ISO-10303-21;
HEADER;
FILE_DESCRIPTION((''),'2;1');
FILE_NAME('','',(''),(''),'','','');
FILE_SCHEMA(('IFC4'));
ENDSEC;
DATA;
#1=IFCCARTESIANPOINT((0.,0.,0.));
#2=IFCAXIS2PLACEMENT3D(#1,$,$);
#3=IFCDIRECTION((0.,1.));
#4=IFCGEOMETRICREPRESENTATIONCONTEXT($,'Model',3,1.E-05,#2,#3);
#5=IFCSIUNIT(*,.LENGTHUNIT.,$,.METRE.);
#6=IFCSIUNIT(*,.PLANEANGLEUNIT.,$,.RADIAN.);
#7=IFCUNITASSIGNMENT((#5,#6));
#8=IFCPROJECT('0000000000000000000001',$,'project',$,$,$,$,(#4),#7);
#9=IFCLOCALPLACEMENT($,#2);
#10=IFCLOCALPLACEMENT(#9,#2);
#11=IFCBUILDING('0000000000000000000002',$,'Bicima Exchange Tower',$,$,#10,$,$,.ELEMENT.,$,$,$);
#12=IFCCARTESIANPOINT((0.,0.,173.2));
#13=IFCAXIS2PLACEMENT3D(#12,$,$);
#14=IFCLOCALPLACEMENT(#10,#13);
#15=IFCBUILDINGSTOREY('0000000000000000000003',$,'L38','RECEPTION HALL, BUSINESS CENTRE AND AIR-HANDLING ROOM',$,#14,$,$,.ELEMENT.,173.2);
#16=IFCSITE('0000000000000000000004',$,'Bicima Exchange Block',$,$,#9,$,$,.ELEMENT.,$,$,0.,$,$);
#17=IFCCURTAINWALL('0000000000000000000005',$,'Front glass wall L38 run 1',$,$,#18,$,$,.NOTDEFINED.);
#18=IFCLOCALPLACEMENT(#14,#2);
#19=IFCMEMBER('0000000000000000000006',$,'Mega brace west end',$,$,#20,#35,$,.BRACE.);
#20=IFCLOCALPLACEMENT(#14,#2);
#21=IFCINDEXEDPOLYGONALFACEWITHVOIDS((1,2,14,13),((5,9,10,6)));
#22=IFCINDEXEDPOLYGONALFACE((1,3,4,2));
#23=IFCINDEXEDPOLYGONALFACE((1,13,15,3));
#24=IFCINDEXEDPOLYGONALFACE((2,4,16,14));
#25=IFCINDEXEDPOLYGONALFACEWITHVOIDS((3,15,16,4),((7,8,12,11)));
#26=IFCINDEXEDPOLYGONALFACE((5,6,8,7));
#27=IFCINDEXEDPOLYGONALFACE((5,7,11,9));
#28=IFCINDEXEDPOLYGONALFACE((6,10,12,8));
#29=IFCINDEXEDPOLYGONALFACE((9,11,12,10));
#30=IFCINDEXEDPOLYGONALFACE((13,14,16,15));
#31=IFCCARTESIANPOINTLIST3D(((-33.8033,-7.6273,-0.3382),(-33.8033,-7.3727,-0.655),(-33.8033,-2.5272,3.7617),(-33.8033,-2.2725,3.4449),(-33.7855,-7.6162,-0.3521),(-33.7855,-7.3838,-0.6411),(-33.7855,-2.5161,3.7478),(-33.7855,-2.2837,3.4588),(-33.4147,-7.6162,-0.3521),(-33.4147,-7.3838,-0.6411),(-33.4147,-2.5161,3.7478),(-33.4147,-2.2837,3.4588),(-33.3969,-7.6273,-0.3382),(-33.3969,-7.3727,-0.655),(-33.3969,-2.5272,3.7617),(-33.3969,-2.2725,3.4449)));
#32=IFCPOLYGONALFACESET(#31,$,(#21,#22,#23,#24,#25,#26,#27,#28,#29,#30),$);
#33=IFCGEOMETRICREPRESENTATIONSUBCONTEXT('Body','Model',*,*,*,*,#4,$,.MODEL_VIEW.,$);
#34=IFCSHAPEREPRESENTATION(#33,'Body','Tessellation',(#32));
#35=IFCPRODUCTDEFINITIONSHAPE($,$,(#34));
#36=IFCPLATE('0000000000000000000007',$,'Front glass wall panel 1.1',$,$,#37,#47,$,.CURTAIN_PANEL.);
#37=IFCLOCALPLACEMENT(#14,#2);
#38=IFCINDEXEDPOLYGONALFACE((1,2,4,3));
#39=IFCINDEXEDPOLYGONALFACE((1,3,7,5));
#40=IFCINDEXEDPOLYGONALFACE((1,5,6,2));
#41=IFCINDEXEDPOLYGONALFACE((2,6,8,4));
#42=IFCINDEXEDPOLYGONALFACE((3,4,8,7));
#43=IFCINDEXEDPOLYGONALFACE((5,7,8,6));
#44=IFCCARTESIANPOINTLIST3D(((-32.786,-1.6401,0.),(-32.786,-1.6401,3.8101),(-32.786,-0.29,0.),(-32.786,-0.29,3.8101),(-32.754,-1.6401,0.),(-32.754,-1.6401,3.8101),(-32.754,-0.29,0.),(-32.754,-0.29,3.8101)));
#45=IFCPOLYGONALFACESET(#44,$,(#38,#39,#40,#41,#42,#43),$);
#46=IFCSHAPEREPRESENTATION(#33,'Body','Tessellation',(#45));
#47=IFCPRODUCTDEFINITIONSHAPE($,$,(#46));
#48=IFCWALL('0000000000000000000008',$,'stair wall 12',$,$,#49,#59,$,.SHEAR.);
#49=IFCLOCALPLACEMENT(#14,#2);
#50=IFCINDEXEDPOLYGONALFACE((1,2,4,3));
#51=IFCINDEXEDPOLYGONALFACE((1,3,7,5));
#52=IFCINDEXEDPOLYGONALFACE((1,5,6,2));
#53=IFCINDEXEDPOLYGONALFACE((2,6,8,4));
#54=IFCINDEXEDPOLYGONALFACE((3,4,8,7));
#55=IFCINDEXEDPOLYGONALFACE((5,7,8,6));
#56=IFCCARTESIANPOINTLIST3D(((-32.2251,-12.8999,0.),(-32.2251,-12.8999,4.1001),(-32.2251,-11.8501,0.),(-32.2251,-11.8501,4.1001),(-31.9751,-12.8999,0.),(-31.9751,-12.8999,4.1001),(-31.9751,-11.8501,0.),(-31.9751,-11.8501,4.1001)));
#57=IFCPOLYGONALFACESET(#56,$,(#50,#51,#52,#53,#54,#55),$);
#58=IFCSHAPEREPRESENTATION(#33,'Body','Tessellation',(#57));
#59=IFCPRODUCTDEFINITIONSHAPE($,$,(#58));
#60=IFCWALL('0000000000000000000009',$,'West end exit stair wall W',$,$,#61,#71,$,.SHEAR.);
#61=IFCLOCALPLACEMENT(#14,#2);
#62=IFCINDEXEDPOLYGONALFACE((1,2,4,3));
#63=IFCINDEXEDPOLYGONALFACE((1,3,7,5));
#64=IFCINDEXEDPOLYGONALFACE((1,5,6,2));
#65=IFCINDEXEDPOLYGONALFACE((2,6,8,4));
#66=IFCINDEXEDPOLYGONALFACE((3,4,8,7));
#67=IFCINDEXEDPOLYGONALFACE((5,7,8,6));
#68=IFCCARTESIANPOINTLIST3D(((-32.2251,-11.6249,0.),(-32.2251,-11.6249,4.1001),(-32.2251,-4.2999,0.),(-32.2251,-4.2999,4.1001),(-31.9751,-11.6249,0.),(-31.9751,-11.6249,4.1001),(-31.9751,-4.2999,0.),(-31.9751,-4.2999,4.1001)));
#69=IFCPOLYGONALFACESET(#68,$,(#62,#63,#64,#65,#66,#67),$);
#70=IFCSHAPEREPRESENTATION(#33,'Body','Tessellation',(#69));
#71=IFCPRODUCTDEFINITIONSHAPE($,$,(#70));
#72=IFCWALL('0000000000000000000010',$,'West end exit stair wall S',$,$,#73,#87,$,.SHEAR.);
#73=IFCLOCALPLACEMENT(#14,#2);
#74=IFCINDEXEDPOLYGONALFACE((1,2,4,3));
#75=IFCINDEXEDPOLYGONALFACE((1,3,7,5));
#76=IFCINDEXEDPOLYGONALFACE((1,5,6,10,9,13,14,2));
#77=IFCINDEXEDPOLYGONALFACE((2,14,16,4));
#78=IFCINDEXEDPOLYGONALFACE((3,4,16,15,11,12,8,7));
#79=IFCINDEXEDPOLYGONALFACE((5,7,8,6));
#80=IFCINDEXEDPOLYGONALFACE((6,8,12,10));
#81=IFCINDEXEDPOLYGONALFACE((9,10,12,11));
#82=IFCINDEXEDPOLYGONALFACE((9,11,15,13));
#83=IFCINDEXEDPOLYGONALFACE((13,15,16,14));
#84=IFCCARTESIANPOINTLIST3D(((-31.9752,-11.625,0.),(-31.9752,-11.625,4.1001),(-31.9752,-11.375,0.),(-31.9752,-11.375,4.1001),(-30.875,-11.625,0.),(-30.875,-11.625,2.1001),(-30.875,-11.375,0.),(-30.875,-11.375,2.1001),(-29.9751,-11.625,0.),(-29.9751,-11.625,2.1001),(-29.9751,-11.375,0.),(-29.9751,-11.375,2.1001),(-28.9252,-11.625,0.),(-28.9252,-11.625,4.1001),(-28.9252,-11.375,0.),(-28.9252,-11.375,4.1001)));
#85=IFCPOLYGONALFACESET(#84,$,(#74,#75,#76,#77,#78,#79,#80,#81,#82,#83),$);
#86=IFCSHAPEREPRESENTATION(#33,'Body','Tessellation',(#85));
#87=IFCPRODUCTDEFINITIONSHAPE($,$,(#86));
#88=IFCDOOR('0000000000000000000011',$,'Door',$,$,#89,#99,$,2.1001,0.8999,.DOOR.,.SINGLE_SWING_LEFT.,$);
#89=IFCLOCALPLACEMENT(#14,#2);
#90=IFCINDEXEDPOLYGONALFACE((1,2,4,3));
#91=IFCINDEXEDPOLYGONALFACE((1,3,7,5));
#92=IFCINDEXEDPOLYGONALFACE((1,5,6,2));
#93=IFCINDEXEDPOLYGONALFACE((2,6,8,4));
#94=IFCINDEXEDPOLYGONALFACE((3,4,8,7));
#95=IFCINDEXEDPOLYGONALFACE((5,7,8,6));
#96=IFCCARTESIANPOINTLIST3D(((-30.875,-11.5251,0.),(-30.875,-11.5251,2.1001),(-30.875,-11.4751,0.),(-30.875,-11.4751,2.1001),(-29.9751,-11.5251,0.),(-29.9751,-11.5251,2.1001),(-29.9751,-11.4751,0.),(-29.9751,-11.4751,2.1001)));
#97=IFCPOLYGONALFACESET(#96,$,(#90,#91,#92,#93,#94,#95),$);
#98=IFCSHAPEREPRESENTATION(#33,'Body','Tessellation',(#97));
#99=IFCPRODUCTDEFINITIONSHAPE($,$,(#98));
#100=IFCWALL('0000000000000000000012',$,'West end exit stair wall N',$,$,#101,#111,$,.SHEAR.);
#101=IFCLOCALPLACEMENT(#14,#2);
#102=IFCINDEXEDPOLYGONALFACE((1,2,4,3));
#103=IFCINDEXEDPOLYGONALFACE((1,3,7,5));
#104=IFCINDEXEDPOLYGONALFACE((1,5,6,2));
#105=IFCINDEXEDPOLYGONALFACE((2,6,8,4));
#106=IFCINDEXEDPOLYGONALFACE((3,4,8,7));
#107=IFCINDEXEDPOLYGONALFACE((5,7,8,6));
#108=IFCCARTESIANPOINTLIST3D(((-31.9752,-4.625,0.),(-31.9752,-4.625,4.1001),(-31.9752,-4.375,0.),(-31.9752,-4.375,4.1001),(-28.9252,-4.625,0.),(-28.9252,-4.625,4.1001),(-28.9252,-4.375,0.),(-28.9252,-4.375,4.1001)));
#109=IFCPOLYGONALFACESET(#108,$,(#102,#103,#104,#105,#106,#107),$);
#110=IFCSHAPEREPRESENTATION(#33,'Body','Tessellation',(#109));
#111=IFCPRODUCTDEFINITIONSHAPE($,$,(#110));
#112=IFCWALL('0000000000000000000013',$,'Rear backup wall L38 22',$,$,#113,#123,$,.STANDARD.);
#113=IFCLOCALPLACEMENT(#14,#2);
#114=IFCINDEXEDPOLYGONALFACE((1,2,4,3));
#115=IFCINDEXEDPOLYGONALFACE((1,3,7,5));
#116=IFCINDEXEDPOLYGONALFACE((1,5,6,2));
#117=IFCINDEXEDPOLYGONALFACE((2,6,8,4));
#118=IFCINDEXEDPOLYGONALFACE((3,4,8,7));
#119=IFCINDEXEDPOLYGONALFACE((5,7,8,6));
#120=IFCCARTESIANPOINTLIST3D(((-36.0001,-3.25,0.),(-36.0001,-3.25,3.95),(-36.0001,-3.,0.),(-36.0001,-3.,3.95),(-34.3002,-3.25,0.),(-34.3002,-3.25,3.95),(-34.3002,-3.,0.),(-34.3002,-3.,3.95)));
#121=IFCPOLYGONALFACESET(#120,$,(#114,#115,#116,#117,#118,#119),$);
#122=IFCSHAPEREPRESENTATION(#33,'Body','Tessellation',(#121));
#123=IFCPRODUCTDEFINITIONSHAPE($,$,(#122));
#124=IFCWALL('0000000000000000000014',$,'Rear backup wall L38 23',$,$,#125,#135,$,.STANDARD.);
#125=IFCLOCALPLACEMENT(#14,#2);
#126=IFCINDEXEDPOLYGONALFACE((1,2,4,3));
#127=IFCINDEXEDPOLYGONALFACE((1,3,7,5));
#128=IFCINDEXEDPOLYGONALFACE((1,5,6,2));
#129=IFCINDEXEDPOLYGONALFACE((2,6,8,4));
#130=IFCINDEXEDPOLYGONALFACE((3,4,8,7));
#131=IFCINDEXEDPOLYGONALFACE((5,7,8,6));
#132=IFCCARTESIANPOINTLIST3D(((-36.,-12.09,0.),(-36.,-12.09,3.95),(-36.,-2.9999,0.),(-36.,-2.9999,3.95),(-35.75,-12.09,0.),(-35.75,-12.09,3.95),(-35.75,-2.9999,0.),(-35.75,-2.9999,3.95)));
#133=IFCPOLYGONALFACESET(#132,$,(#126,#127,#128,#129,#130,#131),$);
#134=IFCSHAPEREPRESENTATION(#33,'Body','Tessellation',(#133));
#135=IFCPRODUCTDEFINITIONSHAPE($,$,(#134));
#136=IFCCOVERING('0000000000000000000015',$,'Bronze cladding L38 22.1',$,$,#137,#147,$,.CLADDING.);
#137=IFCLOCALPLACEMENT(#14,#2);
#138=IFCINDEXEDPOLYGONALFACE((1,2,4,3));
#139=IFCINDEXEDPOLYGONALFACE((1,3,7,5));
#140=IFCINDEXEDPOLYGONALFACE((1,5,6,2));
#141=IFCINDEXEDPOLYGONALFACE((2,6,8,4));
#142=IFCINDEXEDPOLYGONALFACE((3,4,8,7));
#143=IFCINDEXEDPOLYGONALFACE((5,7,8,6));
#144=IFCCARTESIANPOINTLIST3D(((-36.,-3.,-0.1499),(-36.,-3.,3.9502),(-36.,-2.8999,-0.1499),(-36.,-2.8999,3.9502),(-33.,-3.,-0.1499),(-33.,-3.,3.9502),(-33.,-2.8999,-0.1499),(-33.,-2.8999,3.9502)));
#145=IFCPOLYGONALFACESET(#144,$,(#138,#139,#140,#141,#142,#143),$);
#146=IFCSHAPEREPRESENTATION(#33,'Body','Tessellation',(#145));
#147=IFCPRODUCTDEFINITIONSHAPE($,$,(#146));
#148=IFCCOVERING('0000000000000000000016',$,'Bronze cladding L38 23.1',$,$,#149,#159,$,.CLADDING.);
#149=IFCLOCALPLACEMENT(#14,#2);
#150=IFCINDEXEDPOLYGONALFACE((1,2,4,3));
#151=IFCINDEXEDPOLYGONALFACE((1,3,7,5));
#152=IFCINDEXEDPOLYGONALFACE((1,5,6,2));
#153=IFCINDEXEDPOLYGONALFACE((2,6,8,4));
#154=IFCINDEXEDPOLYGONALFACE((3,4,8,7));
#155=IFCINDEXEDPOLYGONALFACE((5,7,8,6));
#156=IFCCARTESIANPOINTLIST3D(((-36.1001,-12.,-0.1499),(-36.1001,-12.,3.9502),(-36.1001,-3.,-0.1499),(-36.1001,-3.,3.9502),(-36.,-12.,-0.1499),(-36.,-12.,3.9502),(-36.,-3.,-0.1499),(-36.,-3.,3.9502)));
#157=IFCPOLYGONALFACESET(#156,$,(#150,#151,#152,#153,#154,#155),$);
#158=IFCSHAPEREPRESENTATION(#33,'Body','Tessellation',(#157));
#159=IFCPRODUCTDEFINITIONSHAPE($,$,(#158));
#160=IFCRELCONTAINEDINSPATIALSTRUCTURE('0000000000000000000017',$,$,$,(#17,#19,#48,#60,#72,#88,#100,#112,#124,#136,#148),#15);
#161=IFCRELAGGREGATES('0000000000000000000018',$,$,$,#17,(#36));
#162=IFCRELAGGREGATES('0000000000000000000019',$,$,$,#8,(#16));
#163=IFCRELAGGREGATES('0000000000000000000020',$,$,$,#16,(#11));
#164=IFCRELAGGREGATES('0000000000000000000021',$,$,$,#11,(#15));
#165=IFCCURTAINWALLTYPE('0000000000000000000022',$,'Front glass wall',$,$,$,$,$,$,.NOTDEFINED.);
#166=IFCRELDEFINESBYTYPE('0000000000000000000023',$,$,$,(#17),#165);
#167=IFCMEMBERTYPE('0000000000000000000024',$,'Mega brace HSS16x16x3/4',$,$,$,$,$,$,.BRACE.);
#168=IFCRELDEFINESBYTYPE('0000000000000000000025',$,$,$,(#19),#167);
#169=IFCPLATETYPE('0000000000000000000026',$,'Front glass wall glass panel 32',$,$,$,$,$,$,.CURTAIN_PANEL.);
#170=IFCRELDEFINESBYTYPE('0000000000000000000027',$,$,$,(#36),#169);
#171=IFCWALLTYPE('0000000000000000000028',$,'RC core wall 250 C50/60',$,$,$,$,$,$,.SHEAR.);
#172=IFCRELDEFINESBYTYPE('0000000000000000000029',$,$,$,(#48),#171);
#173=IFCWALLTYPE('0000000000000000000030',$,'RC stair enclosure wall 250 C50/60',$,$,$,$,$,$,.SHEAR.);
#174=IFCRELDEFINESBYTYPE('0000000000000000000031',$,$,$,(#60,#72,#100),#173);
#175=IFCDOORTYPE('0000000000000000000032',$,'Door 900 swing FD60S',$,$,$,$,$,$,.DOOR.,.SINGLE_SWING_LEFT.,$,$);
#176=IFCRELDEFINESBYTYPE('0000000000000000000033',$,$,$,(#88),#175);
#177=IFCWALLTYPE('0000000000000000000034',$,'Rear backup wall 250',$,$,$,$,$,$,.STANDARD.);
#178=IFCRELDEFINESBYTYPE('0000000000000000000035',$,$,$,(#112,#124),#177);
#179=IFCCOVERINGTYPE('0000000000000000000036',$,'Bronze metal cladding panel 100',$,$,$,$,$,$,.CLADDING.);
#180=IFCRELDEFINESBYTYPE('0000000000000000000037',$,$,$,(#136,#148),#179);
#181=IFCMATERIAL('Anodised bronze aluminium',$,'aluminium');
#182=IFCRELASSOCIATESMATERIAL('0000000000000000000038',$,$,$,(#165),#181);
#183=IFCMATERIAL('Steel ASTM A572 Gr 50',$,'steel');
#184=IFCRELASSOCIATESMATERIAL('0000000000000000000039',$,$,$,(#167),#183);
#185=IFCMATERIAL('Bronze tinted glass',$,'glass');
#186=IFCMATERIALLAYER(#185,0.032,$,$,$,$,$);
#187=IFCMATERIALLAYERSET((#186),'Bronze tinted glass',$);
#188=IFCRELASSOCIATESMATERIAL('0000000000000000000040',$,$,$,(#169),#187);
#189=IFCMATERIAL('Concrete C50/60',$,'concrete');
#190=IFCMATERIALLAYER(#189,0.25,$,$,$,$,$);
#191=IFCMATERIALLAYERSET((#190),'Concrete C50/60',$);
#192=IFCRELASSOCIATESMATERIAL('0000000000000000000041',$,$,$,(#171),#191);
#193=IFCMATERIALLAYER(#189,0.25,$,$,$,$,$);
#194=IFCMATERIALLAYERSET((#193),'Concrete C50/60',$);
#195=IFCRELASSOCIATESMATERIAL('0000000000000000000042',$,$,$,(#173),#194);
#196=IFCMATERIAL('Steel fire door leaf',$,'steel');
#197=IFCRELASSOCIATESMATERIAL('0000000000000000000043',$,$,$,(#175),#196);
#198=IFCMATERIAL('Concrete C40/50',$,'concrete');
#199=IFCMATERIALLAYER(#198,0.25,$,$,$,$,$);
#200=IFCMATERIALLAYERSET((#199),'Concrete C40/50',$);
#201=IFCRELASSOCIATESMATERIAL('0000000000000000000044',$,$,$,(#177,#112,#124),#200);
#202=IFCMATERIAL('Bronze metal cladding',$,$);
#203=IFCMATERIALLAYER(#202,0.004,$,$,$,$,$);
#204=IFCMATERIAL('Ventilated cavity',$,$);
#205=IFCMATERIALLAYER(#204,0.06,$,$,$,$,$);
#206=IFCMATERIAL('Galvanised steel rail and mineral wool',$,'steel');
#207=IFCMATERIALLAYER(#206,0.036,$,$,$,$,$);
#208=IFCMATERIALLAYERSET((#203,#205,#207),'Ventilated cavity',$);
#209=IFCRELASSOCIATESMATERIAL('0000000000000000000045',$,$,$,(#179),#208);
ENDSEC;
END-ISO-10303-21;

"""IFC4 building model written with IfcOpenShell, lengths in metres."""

from ifc_helpers import new_model, si_unit, direction, frame, frame_2d, origin, origin_2d, place, context, subcontext, project, spatial, rectangle, hollow_rectangle, extrude, material, layer, layer_set, layer_usage, material_profile, profile_set, type_object, element, fill, aggregate, save


model = new_model("IFC4")

# Units and contexts
model_context = context("Model", 3, precision=1e-05, world=origin(), true_north=direction((0.0, 1.0)))
body_context = subcontext(model_context, "Body", "Model", "MODEL_VIEW")
ifc_project = project(units=[si_unit("LENGTHUNIT", "METRE"), si_unit("PLANEANGLEUNIT", "RADIAN")], contexts=[model_context])

# Site, building, storey
site_placement = place(None, origin())
site = spatial("IfcSite", under=ifc_project, at=site_placement, Name="Bicima Exchange Block", CompositionType="ELEMENT", RefElevation=0.0)
building_placement = place(site_placement, origin())
building = spatial("IfcBuilding", under=site, at=building_placement, Name="Bicima Exchange Tower", CompositionType="ELEMENT")
storey_placement = place(building_placement, frame((0.0, 0.0, 173.2)))
storey = spatial("IfcBuildingStorey", under=building, at=storey_placement, Name="L38", Description="RECEPTION HALL, BUSINESS CENTRE AND AIR-HANDLING ROOM", CompositionType="ELEMENT", Elevation=173.2)

# Shared definitions
ifc_material_1 = material(Name="Steel ASTM A572 Gr 50", Category="steel")

# Shared definitions
ifc_material_2 = material(Name="Anodised bronze aluminium", Category="aluminium")

# Curtain wall
curtain_wall_type_1 = type_object("IfcCurtainWallType", Name="Front glass wall", PredefinedType="NOTDEFINED", material=ifc_material_2)
curtain_wall_1_placement = place(storey_placement, origin())
curtain_wall_1 = element("IfcCurtainWall", 1, at=curtain_wall_1_placement, inside=storey, type_object=curtain_wall_type_1, Name="Front glass wall L38 run 1", PredefinedType="NOTDEFINED")

# Member
ifc_material_profile_1 = material_profile(ifc_material_1, hollow_rectangle(XDim=0.4065, YDim=0.4065, WallThickness=0.0178, at=origin_2d()))
ifc_profile_set_1 = profile_set([ifc_material_profile_1], Name="Steel ASTM A572 Gr 50")
member_type_1 = type_object("IfcMemberType", Name="Mega brace HSS16x16x3/4", PredefinedType="BRACE", material=ifc_profile_set_1)
for number, where, z_axis, x_axis, name in (
    (2, (-33.6001, -7.5, -0.4966), (0.0, 0.779392, 0.626536), (-1.0, 0.0, 0.0), "Mega brace west end"),
):
    element("IfcMember", number, at=place(storey_placement, frame(where, z_axis=z_axis, x_axis=x_axis)), inside=storey, type_object=member_type_1, Name=name, PredefinedType="BRACE", context=body_context, shape_type="SweptSolid", body=[
        extrude(hollow_rectangle(XDim=0.4065, YDim=0.4065, WallThickness=0.0178, at=origin_2d()), origin(), (0.0, 0.0, 1.0), 6.5437),
    ])

# Plate
ifc_material_3 = material(Name="Bronze tinted glass", Category="glass")
ifc_layer_1 = layer(ifc_material_3, 0.032)
ifc_layer_set_1 = layer_set([ifc_layer_1], Name="Bronze tinted glass")
plate_type = type_object("IfcPlateType", Name="Front glass wall glass panel 32", PredefinedType="CURTAIN_PANEL", material=ifc_layer_set_1)
plate_placement = place(storey_placement, frame((-32.77, -0.9651, 0.0), z_axis=(0.0, 0.0, 1.0), x_axis=(0.0, -1.0, 0.0)))
plate = element("IfcPlate", 3, at=plate_placement, type_object=plate_type, Name="Front glass wall panel 1.1", PredefinedType="CURTAIN_PANEL", context=body_context, shape_type="SweptSolid", body=[
    extrude(rectangle(XDim=1.3501, YDim=0.032, at=origin_2d()), origin(), (0.0, 0.0, 1.0), 3.8101),
])
aggregate(curtain_wall_1, [plate])

# Walls
ifc_material_4 = material(Name="Concrete C50/60", Category="concrete")
ifc_layer_2 = layer(ifc_material_4, 0.25)
ifc_layer_set_2 = layer_set([ifc_layer_2], Name="Concrete C50/60")
wall_type_1 = type_object("IfcWallType", Name="RC core wall 250 C50/60", PredefinedType="SHEAR", material=ifc_layer_set_2)
wall_1_placement = place(storey_placement, frame((-32.1001, -12.8999, 0.0), z_axis=(0.0, 0.0, 1.0), x_axis=(0.0, 1.0, 0.0)))
element("IfcWall", 4, at=wall_1_placement, inside=storey, type_object=wall_type_1, Name="stair wall 12", PredefinedType="SHEAR", context=body_context, shape_type="SweptSolid", body=[
    extrude(rectangle(XDim=1.0498, YDim=0.25, at=frame_2d((0.5249, 0.0))), origin(), (0.0, 0.0, 1.0), 4.1001),
])
ifc_layer_3 = layer(ifc_material_4, 0.25)
ifc_layer_set_3 = layer_set([ifc_layer_3], Name="Concrete C50/60")
wall_type_2 = type_object("IfcWallType", Name="RC stair enclosure wall 250 C50/60", PredefinedType="SHEAR", material=ifc_layer_set_3)
wall_2_placement = place(storey_placement, frame((-32.1001, -11.625, 0.0), z_axis=(0.0, 0.0, 1.0), x_axis=(0.0, 1.0, 0.0)))
element("IfcWall", 5, at=wall_2_placement, inside=storey, type_object=wall_type_2, Name="West end exit stair wall W", PredefinedType="SHEAR", context=body_context, shape_type="SweptSolid", body=[
    extrude(rectangle(XDim=7.325, YDim=0.25, at=frame_2d((3.6626, 0.0))), origin(), (0.0, 0.0, 1.0), 4.1001),
])

# Wall, opening, door
wall_3_placement = place(storey_placement, frame((-31.9751, -11.5, 0.0), z_axis=(0.0, 0.0, 1.0), x_axis=(1.0, 0.0, 0.0)))
wall_3 = element("IfcWall", 6, at=wall_3_placement, inside=storey, type_object=wall_type_2, Name="West end exit stair wall S", PredefinedType="SHEAR", context=body_context, shape_type="SweptSolid", body=[
    extrude(rectangle(XDim=3.05, YDim=0.25, at=frame_2d((1.5249, 0.0))), origin(), (0.0, 0.0, 1.0), 4.1001),
])
opening_placement = place(wall_3_placement, frame((1.1001, 0.0, 0.0)))
opening = element("IfcOpeningElement", 7, at=opening_placement, cuts=wall_3, PredefinedType="OPENING", context=body_context, shape_type="SweptSolid", body=[
    extrude(rectangle(XDim=0.8999, YDim=2.1001, at=frame_2d((0.45, 1.05))), frame((0.0, 0.137, 0.0), z_axis=(0.0, -1.0, 0.0), x_axis=(1.0, 0.0, 0.0)), (0.0, 0.0, 1.0), 0.2739),
])
ifc_material_5 = material(Name="Steel fire door leaf", Category="steel")
door_type = type_object("IfcDoorType", Name="Door 900 swing FD60S", OperationType="SINGLE_SWING_LEFT", PredefinedType="DOOR", material=ifc_material_5)
door_placement = place(opening_placement, origin())
door = element("IfcDoor", 8, at=door_placement, inside=storey, type_object=door_type, Name="Door", OperationType="SINGLE_SWING_LEFT", OverallHeight=2.1001, OverallWidth=0.8999, PredefinedType="DOOR", context=body_context, shape_type="SweptSolid", body=[
    extrude(rectangle(XDim=0.8999, YDim=2.1001, at=frame_2d((0.45, 1.05))), frame((0.0, 0.0249, 0.0), z_axis=(0.0, -1.0, 0.0), x_axis=(1.0, 0.0, 0.0)), (0.0, 0.0, 1.0), 0.05),
])
fill(opening, door)

# Walls
wall_4_placement = place(storey_placement, frame((-31.9751, -4.5, 0.0), z_axis=(0.0, 0.0, 1.0), x_axis=(1.0, 0.0, 0.0)))
element("IfcWall", 9, at=wall_4_placement, inside=storey, type_object=wall_type_2, Name="West end exit stair wall N", PredefinedType="SHEAR", context=body_context, shape_type="SweptSolid", body=[
    extrude(rectangle(XDim=3.05, YDim=0.25, at=frame_2d((1.5249, 0.0))), origin(), (0.0, 0.0, 1.0), 4.1001),
])
ifc_material_6 = material(Name="Concrete C40/50", Category="concrete")
ifc_layer_4 = layer(ifc_material_6, 0.25)
ifc_layer_set_4 = layer_set([ifc_layer_4], Name="Concrete C40/50")
ifc_layer_usage = layer_usage(ifc_layer_set_4, "AXIS2", "POSITIVE", -0.125)
wall_type_3 = type_object("IfcWallType", Name="Rear backup wall 250", PredefinedType="STANDARD", material=ifc_layer_set_4)
wall_5_placement = place(storey_placement, frame((-34.3, -3.125, 0.0), z_axis=(0.0, 0.0, 1.0), x_axis=(-1.0, 0.0, 0.0)))
element("IfcWall", 10, at=wall_5_placement, inside=storey, type_object=wall_type_3, material=ifc_layer_usage, Name="Rear backup wall L38 22", PredefinedType="STANDARD", context=body_context, shape_type="SweptSolid", body=[
    extrude(rectangle(XDim=1.7, YDim=0.25, at=frame_2d((0.8501, 0.0))), origin(), (0.0, 0.0, 1.0), 3.95),
])
wall_6_placement = place(storey_placement, frame((-35.875, -3.0, 0.0), z_axis=(0.0, 0.0, 1.0), x_axis=(0.0, -1.0, 0.0)))
element("IfcWall", 11, at=wall_6_placement, inside=storey, type_object=wall_type_3, material=ifc_layer_usage, Name="Rear backup wall L38 23", PredefinedType="STANDARD", context=body_context, shape_type="SweptSolid", body=[
    extrude(rectangle(XDim=9.0901, YDim=0.25, at=frame_2d((4.5449, 0.0))), origin(), (0.0, 0.0, 1.0), 3.95),
])

# Coverings
ifc_material_7 = material(Name="Bronze metal cladding")
ifc_layer_5 = layer(ifc_material_7, 0.004)
ifc_material_8 = material(Name="Ventilated cavity")
ifc_layer_6 = layer(ifc_material_8, 0.06)
ifc_material_9 = material(Name="Galvanised steel rail and mineral wool", Category="steel")
ifc_layer_7 = layer(ifc_material_9, 0.036)
ifc_layer_set_5 = layer_set([ifc_layer_5, ifc_layer_6, ifc_layer_7], Name="Ventilated cavity")
covering_type = type_object("IfcCoveringType", Name="Bronze metal cladding panel 100", PredefinedType="CLADDING", material=ifc_layer_set_5)
covering_1_placement = place(storey_placement, frame((-34.5, -2.95, -0.1499), z_axis=(0.0, 0.0, 1.0), x_axis=(-1.0, 0.0, 0.0)))
element("IfcCovering", 12, at=covering_1_placement, inside=storey, type_object=covering_type, Name="Bronze cladding L38 22.1", PredefinedType="CLADDING", context=body_context, shape_type="SweptSolid", body=[
    extrude(rectangle(XDim=3.0, YDim=0.1001, at=origin_2d()), origin(), (0.0, 0.0, 1.0), 4.1001),
])
covering_2_placement = place(storey_placement, frame((-36.05, -7.5, -0.1499), z_axis=(0.0, 0.0, 1.0), x_axis=(0.0, -1.0, 0.0)))
element("IfcCovering", 13, at=covering_2_placement, inside=storey, type_object=covering_type, Name="Bronze cladding L38 23.1", PredefinedType="CLADDING", context=body_context, shape_type="SweptSolid", body=[
    extrude(rectangle(XDim=9.0, YDim=0.1001, at=origin_2d()), origin(), (0.0, 0.0, 1.0), 4.1001),
])

save(model, "model.ifc")
